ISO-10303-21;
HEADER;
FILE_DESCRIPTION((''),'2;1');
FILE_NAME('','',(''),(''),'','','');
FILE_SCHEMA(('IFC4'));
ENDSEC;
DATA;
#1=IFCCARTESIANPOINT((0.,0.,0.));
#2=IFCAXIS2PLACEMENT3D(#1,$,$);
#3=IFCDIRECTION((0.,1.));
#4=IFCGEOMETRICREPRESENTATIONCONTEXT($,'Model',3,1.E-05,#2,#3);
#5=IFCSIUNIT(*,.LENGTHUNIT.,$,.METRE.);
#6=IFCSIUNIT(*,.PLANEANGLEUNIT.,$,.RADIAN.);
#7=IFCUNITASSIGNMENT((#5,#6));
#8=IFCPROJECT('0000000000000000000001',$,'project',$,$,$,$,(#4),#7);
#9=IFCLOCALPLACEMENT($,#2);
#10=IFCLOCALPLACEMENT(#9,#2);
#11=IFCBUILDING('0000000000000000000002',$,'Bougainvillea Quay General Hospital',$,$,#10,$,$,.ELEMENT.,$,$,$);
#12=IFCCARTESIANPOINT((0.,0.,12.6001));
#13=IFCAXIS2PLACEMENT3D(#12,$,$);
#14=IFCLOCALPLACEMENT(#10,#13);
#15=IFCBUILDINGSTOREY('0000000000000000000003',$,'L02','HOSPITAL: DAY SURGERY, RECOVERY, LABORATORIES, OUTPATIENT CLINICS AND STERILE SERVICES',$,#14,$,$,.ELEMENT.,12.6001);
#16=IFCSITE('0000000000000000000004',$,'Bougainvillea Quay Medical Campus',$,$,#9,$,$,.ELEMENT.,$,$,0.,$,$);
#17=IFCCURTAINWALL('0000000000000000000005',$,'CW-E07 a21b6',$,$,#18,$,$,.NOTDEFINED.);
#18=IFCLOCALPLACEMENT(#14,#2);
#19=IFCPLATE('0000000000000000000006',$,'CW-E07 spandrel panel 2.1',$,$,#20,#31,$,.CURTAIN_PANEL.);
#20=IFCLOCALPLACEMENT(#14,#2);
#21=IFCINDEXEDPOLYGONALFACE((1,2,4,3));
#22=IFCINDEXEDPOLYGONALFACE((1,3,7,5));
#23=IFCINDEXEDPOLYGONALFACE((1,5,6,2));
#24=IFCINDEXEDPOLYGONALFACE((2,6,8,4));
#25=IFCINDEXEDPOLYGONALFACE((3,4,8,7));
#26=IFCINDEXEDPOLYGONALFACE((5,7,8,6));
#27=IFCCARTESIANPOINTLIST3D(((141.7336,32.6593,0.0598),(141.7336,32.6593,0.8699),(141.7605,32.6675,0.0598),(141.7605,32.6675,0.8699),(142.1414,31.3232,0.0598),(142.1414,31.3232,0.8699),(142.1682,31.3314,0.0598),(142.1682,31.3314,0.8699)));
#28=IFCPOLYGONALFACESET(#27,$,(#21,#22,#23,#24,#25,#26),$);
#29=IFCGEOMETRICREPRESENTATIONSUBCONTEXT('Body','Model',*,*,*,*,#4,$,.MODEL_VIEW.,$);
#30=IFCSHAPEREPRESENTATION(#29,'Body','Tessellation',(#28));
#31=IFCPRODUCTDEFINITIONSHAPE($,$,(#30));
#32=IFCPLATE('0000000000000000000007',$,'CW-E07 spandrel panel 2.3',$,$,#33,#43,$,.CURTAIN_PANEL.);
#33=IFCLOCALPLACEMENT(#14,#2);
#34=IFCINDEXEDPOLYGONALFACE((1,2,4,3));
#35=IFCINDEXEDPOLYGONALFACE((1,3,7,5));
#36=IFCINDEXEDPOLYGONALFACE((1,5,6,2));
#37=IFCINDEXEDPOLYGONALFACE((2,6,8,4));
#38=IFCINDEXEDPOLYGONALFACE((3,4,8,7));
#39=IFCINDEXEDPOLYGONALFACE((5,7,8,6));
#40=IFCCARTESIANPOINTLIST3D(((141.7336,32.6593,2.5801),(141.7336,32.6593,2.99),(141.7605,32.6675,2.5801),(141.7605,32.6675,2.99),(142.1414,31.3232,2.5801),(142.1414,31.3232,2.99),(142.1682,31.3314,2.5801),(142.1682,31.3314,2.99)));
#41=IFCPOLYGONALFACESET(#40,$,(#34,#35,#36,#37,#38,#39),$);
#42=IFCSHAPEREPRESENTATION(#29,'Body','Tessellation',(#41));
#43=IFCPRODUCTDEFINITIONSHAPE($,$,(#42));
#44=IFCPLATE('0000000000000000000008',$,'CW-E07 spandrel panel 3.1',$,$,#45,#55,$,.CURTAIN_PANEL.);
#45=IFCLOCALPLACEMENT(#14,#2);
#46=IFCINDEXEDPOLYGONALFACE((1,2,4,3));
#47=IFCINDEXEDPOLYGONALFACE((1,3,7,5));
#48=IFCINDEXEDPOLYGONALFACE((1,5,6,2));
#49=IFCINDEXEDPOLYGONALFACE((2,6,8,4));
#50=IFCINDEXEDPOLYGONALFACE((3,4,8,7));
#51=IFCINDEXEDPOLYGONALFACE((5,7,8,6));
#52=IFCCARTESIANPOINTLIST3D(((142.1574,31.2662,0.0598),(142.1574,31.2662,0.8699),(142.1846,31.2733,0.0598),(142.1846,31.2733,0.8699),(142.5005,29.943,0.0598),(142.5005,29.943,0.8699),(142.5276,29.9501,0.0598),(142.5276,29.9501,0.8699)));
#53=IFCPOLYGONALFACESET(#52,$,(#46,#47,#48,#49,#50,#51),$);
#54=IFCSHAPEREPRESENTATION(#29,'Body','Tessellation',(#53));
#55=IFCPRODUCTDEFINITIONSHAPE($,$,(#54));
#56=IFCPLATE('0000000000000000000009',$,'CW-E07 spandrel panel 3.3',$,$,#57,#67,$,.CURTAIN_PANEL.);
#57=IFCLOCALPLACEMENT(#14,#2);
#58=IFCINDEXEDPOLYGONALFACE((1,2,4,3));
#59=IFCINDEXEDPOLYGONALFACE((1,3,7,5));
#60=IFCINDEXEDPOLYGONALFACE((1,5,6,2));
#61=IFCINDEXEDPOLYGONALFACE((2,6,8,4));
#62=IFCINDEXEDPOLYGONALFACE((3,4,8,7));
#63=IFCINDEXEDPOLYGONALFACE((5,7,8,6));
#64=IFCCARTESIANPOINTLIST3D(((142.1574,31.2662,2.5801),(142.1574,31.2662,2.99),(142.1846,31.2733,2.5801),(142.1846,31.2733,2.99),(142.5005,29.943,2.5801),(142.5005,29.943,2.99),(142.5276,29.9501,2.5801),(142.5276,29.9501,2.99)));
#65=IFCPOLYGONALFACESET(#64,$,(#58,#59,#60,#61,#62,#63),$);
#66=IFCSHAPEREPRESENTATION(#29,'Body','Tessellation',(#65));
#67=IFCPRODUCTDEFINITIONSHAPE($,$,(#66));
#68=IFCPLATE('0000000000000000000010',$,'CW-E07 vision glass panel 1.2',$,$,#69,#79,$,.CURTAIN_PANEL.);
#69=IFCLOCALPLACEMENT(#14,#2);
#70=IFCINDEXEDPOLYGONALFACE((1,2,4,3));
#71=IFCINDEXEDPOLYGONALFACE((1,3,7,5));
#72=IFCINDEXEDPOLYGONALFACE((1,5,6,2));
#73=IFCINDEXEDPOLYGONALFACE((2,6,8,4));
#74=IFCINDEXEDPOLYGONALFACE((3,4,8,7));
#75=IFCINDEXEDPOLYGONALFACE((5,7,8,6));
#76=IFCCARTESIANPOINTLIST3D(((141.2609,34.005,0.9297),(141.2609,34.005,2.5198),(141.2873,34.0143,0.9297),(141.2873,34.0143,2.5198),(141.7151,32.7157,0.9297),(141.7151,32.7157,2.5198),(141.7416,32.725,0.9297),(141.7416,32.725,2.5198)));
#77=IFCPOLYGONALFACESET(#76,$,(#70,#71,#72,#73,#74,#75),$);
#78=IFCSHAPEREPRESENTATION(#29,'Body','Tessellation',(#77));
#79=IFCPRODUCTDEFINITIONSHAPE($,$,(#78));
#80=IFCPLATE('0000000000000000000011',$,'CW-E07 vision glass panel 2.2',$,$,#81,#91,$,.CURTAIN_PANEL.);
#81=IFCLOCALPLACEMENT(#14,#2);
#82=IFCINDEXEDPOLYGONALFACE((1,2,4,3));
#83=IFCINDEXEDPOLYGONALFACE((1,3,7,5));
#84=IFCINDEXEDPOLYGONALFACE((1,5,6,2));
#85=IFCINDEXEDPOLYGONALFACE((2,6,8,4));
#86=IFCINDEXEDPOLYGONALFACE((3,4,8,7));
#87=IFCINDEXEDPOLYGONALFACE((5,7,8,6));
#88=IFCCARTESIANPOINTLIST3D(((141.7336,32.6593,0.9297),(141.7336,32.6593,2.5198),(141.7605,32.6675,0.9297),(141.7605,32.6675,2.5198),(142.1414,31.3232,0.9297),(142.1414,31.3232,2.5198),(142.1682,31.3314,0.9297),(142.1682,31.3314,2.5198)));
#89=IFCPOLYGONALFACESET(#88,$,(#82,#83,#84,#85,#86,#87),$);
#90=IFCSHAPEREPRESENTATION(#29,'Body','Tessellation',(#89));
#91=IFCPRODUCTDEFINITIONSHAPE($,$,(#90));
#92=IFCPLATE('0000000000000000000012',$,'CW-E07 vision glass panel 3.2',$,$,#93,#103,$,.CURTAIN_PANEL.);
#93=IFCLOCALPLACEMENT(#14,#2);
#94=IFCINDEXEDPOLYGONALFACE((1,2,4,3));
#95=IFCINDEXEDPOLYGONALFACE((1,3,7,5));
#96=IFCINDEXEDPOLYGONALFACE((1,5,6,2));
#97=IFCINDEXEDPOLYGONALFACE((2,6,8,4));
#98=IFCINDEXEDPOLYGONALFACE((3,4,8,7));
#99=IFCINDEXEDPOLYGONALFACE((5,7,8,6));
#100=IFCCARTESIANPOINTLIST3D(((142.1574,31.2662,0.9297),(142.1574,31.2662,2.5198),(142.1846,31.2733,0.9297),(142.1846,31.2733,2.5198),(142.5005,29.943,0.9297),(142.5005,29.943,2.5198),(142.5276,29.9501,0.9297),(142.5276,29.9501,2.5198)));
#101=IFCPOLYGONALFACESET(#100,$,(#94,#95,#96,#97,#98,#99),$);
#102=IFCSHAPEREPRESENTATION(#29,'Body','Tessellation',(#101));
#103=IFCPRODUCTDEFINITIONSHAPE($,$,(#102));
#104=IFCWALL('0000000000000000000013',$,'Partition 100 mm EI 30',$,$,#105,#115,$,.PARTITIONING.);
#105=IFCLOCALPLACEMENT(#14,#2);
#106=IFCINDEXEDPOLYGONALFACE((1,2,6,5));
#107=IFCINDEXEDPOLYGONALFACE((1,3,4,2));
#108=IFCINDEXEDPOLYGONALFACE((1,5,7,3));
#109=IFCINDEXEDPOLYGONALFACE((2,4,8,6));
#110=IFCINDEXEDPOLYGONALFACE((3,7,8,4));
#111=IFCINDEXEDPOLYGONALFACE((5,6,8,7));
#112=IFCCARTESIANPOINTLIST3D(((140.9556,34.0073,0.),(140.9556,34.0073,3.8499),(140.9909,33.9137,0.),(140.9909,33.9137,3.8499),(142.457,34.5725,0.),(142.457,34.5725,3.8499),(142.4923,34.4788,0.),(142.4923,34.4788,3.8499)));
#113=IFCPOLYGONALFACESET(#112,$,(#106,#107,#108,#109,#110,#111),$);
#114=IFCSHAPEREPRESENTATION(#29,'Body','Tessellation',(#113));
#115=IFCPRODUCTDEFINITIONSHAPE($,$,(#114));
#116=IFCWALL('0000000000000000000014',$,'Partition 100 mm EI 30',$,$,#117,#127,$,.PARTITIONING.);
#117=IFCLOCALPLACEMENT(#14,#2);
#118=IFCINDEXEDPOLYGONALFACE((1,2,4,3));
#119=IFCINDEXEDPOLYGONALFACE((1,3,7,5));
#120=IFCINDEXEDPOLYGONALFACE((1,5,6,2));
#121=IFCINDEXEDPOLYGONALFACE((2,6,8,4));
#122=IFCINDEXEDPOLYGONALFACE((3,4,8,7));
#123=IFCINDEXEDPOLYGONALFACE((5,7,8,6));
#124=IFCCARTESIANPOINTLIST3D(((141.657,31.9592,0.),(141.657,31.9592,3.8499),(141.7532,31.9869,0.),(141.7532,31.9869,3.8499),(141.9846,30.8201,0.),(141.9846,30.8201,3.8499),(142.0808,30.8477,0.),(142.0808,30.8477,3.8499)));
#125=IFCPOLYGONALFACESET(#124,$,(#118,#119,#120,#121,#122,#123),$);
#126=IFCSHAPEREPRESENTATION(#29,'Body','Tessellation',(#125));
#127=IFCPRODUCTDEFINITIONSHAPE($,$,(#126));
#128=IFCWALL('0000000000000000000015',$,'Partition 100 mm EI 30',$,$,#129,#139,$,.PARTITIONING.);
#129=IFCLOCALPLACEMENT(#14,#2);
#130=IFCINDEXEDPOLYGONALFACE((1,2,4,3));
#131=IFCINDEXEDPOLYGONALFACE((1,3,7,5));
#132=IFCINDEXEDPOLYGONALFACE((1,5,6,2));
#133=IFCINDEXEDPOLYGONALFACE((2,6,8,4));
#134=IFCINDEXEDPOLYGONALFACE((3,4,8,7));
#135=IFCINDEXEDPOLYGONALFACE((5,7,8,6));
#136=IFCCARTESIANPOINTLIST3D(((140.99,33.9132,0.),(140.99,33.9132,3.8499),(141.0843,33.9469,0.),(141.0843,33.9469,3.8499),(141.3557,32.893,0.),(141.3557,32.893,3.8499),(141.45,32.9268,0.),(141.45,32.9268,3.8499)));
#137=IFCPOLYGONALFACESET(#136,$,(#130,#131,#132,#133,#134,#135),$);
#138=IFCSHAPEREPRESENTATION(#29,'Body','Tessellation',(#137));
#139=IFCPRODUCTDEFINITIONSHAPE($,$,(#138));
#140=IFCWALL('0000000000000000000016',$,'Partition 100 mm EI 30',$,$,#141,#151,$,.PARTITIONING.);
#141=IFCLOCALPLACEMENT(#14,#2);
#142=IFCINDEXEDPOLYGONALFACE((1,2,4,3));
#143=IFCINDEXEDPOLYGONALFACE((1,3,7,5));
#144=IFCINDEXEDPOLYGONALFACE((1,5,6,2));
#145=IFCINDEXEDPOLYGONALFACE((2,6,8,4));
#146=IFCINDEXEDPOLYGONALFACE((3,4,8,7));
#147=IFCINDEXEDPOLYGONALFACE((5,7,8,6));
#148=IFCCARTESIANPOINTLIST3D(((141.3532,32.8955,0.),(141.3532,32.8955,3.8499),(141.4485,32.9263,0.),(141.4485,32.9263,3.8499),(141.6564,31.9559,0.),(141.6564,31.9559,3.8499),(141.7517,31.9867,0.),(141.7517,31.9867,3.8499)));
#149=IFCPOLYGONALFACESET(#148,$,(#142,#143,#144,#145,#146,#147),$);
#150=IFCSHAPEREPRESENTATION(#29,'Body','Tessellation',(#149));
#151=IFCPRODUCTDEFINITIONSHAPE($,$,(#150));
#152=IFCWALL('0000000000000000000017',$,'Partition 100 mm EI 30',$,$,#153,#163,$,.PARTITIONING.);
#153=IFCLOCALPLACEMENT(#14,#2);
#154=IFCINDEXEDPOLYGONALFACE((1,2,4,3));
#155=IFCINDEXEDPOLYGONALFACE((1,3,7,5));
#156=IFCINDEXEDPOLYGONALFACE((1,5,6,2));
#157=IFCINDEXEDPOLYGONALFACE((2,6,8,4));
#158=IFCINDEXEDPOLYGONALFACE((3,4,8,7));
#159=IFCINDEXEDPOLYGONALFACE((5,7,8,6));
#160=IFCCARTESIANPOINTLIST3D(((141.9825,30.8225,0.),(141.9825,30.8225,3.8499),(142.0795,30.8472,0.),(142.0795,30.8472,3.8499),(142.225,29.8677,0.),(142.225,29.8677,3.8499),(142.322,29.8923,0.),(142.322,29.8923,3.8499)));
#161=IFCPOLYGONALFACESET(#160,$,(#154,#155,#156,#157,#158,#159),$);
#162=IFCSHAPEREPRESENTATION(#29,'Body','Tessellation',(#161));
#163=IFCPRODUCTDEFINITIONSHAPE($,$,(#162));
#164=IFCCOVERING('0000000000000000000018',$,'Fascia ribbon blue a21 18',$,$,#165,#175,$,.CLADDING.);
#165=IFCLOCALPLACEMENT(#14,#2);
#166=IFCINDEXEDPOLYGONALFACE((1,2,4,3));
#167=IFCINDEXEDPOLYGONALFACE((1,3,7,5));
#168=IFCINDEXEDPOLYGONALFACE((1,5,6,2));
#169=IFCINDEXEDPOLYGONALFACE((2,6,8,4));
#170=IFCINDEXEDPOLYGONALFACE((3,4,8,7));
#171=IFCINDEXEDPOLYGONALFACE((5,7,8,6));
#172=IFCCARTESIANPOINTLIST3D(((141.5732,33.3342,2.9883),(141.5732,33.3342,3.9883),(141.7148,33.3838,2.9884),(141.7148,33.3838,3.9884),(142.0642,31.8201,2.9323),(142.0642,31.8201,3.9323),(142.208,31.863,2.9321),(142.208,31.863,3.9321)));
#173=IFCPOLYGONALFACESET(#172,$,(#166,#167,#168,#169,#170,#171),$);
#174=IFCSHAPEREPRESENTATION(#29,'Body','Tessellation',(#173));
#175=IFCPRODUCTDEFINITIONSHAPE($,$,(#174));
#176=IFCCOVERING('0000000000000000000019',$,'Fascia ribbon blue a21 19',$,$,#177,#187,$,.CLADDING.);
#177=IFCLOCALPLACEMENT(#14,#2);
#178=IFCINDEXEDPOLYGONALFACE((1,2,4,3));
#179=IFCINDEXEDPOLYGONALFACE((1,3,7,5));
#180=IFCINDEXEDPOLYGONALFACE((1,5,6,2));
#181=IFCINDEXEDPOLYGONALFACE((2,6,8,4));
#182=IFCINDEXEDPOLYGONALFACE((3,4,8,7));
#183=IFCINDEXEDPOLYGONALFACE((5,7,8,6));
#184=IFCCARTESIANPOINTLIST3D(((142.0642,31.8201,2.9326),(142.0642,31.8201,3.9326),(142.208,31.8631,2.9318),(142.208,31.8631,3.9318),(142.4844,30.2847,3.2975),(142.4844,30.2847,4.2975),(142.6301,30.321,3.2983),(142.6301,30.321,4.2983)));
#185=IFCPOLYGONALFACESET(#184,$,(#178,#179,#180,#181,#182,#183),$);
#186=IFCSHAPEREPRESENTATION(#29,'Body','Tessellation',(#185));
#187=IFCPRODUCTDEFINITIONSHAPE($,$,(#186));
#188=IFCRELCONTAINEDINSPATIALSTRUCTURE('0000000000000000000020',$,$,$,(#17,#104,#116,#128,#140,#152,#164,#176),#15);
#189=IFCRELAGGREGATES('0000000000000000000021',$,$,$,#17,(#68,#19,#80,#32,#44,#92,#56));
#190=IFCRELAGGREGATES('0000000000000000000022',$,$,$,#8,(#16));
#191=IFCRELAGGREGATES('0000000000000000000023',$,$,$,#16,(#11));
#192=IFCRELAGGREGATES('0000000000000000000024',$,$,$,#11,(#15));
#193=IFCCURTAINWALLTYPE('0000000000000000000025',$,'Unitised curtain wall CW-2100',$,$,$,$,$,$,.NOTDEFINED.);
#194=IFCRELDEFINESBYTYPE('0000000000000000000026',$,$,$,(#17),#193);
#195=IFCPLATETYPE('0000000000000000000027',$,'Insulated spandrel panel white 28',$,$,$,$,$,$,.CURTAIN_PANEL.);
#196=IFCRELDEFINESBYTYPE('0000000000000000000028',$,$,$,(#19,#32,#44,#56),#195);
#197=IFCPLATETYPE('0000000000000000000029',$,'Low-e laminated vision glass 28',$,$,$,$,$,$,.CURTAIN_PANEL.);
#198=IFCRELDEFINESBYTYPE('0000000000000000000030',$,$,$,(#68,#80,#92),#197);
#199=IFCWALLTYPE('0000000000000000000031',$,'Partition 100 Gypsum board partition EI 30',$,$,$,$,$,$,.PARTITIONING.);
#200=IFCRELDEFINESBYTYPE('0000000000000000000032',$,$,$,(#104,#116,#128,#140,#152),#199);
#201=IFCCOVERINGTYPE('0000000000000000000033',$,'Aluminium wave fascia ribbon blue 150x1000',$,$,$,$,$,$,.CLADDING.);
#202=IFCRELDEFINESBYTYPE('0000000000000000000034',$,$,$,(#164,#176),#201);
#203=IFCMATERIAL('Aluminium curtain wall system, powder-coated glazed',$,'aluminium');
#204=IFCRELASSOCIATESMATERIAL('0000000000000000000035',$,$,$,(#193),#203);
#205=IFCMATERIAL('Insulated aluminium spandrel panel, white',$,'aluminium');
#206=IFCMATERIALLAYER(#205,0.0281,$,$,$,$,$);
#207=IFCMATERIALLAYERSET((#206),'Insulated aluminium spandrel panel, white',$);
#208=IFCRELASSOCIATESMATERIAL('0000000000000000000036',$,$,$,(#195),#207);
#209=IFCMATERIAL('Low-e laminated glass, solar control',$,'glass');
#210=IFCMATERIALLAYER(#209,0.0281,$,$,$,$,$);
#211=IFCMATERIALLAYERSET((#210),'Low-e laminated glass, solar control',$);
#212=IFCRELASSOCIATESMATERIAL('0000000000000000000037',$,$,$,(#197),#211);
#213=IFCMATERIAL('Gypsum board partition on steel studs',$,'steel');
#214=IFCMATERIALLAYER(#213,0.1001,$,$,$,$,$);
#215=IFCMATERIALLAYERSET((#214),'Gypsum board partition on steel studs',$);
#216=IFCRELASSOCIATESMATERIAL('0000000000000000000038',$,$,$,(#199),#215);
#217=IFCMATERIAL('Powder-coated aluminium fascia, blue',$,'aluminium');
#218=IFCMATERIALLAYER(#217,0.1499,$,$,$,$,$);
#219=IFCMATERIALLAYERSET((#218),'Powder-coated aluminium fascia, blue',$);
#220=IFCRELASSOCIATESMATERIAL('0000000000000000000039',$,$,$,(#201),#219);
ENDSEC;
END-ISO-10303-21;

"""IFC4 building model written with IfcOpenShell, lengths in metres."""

from ifc_helpers import new_model, si_unit, direction, frame, frame_2d, origin, origin_2d, place, context, subcontext, project, spatial, polyline, rectangle, outline, extrude, material, layer, layer_set, type_object, element, aggregate, save


model = new_model("IFC4")

# Units and contexts
model_context = context("Model", 3, precision=1e-05, world=origin(), true_north=direction((0.0, 1.0)))
body_context = subcontext(model_context, "Body", "Model", "MODEL_VIEW")
ifc_project = project(units=[si_unit("LENGTHUNIT", "METRE"), si_unit("PLANEANGLEUNIT", "RADIAN")], contexts=[model_context])

# Site, building, storey
site_placement = place(None, origin())
site = spatial("IfcSite", under=ifc_project, at=site_placement, Name="Bougainvillea Quay Medical Campus", CompositionType="ELEMENT", RefElevation=0.0)
building_placement = place(site_placement, origin())
building = spatial("IfcBuilding", under=site, at=building_placement, Name="Bougainvillea Quay General Hospital", CompositionType="ELEMENT")
storey_placement = place(building_placement, frame((0.0, 0.0, 12.6001)))
storey = spatial("IfcBuildingStorey", under=building, at=storey_placement, Name="L02", Description="HOSPITAL: DAY SURGERY, RECOVERY, LABORATORIES, OUTPATIENT CLINICS AND STERILE SERVICES", CompositionType="ELEMENT", Elevation=12.6001)

# Curtain wall
ifc_material_1 = material(Name="Aluminium curtain wall system, powder-coated glazed", Category="aluminium")
curtain_wall_type = type_object("IfcCurtainWallType", Name="Unitised curtain wall CW-2100", PredefinedType="NOTDEFINED", material=ifc_material_1)
curtain_wall_1_placement = place(storey_placement, origin())
curtain_wall_1 = element("IfcCurtainWall", 1, at=curtain_wall_1_placement, inside=storey, type_object=curtain_wall_type, Name="CW-E07 a21b6", PredefinedType="NOTDEFINED")

# Plates
ifc_material_2 = material(Name="Insulated aluminium spandrel panel, white", Category="aluminium")
ifc_layer_1 = layer(ifc_material_2, 0.0281)
ifc_layer_set_1 = layer_set([ifc_layer_1], Name="Insulated aluminium spandrel panel, white")
plate_type_1 = type_object("IfcPlateType", Name="Insulated spandrel panel white 28", PredefinedType="CURTAIN_PANEL", material=ifc_layer_set_1)
plate_1_placement = place(storey_placement, frame((141.9509, 31.9954, 0.0598), z_axis=(0.0, 0.0, 1.0), x_axis=(0.291904, -0.956448, 0.0)))
plate_1 = element("IfcPlate", 2, at=plate_1_placement, type_object=plate_type_1, Name="CW-E07 spandrel panel 2.1", PredefinedType="CURTAIN_PANEL", context=body_context, shape_type="SweptSolid", body=[
    extrude(rectangle(XDim=1.397, YDim=0.0281, at=origin_2d()), origin(), (0.0, 0.0, 1.0), 0.8101),
])
plate_2_placement = place(storey_placement, frame((141.9509, 31.9954, 2.5801), z_axis=(0.0, 0.0, 1.0), x_axis=(0.291904, -0.956448, 0.0)))
plate_2 = element("IfcPlate", 3, at=plate_2_placement, type_object=plate_type_1, Name="CW-E07 spandrel panel 2.3", PredefinedType="CURTAIN_PANEL", context=body_context, shape_type="SweptSolid", body=[
    extrude(rectangle(XDim=1.397, YDim=0.0281, at=origin_2d()), origin(), (0.0, 0.0, 1.0), 0.4099),
])
plate_3_placement = place(storey_placement, frame((142.3425, 30.6082, 0.0598), z_axis=(0.0, 0.0, 1.0), x_axis=(0.250966, -0.967996, 0.0)))
plate_3 = element("IfcPlate", 4, at=plate_3_placement, type_object=plate_type_1, Name="CW-E07 spandrel panel 3.1", PredefinedType="CURTAIN_PANEL", context=body_context, shape_type="SweptSolid", body=[
    extrude(rectangle(XDim=1.3669, YDim=0.0281, at=origin_2d()), origin(), (0.0, 0.0, 1.0), 0.8101),
])
plate_4_placement = place(storey_placement, frame((142.3425, 30.6082, 2.5801), z_axis=(0.0, 0.0, 1.0), x_axis=(0.250966, -0.967996, 0.0)))
plate_4 = element("IfcPlate", 5, at=plate_4_placement, type_object=plate_type_1, Name="CW-E07 spandrel panel 3.3", PredefinedType="CURTAIN_PANEL", context=body_context, shape_type="SweptSolid", body=[
    extrude(rectangle(XDim=1.3669, YDim=0.0281, at=origin_2d()), origin(), (0.0, 0.0, 1.0), 0.4099),
])
ifc_material_3 = material(Name="Low-e laminated glass, solar control", Category="glass")
ifc_layer_2 = layer(ifc_material_3, 0.0281)
ifc_layer_set_2 = layer_set([ifc_layer_2], Name="Low-e laminated glass, solar control")
plate_type_2 = type_object("IfcPlateType", Name="Low-e laminated vision glass 28", PredefinedType="CURTAIN_PANEL", material=ifc_layer_set_2)
plate_5_placement = place(storey_placement, frame((141.5012, 33.365, 0.9297), z_axis=(0.0, 0.0, 1.0), x_axis=(0.332315, -0.943169, 0.0)))
plate_5 = element("IfcPlate", 6, at=plate_5_placement, type_object=plate_type_2, Name="CW-E07 vision glass panel 1.2", PredefinedType="CURTAIN_PANEL", context=body_context, shape_type="SweptSolid", body=[
    extrude(rectangle(XDim=1.3669, YDim=0.0281, at=origin_2d()), origin(), (0.0, 0.0, 1.0), 1.5901),
])
plate_6_placement = place(storey_placement, frame((141.9509, 31.9954, 0.9297), z_axis=(0.0, 0.0, 1.0), x_axis=(0.291904, -0.956448, 0.0)))
plate_6 = element("IfcPlate", 7, at=plate_6_placement, type_object=plate_type_2, Name="CW-E07 vision glass panel 2.2", PredefinedType="CURTAIN_PANEL", context=body_context, shape_type="SweptSolid", body=[
    extrude(rectangle(XDim=1.397, YDim=0.0281, at=origin_2d()), origin(), (0.0, 0.0, 1.0), 1.5901),
])
plate_7_placement = place(storey_placement, frame((142.3425, 30.6082, 0.9297), z_axis=(0.0, 0.0, 1.0), x_axis=(0.250966, -0.967996, 0.0)))
plate_7 = element("IfcPlate", 8, at=plate_7_placement, type_object=plate_type_2, Name="CW-E07 vision glass panel 3.2", PredefinedType="CURTAIN_PANEL", context=body_context, shape_type="SweptSolid", body=[
    extrude(rectangle(XDim=1.3669, YDim=0.0281, at=origin_2d()), origin(), (0.0, 0.0, 1.0), 1.5901),
])
aggregate(curtain_wall_1, [plate_5, plate_1, plate_6, plate_2, plate_3, plate_7, plate_4])

# Walls
ifc_material_4 = material(Name="Gypsum board partition on steel studs", Category="steel")
ifc_layer_3 = layer(ifc_material_4, 0.1001)
ifc_layer_set_3 = layer_set([ifc_layer_3], Name="Gypsum board partition on steel studs")
wall_type = type_object("IfcWallType", Name="Partition 100 Gypsum board partition EI 30", PredefinedType="PARTITIONING", material=ifc_layer_set_3)
wall_1_placement = place(storey_placement, frame((140.9731, 33.9604, 0.0), z_axis=(0.0, 0.0, 1.0), x_axis=(0.935891, 0.352291, 0.0)))
element("IfcWall", 9, at=wall_1_placement, inside=storey, type_object=wall_type, Name="Partition 100 mm EI 30", PredefinedType="PARTITIONING", context=body_context, shape_type="SweptSolid", body=[
    extrude(rectangle(XDim=1.6042, YDim=0.1001, at=frame_2d((0.8022, 0.0))), origin(), (0.0, 0.0, 1.0), 3.8499),
])
wall_2_placement = place(storey_placement, frame((141.7051, 31.9731, 0.0), z_axis=(0.0, 0.0, 1.0), x_axis=(0.276407, -0.961041, 0.0)))
element("IfcWall", 10, at=wall_2_placement, inside=storey, type_object=wall_type, Name="Partition 100 mm EI 30", PredefinedType="PARTITIONING", context=body_context, shape_type="SweptSolid", body=[
    extrude(rectangle(XDim=1.1853, YDim=0.1001, at=frame_2d((0.5928, 0.0))), origin(), (0.0, 0.0, 1.0), 3.8499),
])
wall_3_placement = place(storey_placement, frame((141.0371, 33.9302, 0.0), z_axis=(0.0, 0.0, 1.0), x_axis=(0.337435, -0.941349, 0.0)))
element("IfcWall", 11, at=wall_3_placement, inside=storey, type_object=wall_type, Name="Partition 100 mm EI 30", PredefinedType="PARTITIONING", context=body_context, shape_type="SweptSolid", body=[
    extrude(rectangle(XDim=1.0837, YDim=0.1001, at=frame_2d((0.542, 0.0))), origin(), (0.0, 0.0, 1.0), 3.8499),
])
wall_4_placement = place(storey_placement, frame((141.4009, 32.9109, 0.0), z_axis=(0.0, 0.0, 1.0), x_axis=(0.307089, -0.951681, 0.0)))
element("IfcWall", 12, at=wall_4_placement, inside=storey, type_object=wall_type, Name="Partition 100 mm EI 30", PredefinedType="PARTITIONING", context=body_context, shape_type="SweptSolid", body=[
    extrude(rectangle(XDim=0.9873, YDim=0.1001, at=frame_2d((0.4937, 0.0))), origin(), (0.0, 0.0, 1.0), 3.8499),
])
wall_5_placement = place(storey_placement, frame((142.031, 30.835, 0.0), z_axis=(0.0, 0.0, 1.0), x_axis=(0.246091, -0.969247, 0.0)))
element("IfcWall", 13, at=wall_5_placement, inside=storey, type_object=wall_type, Name="Partition 100 mm EI 30", PredefinedType="PARTITIONING", context=body_context, shape_type="SweptSolid", body=[
    extrude(rectangle(XDim=0.9851, YDim=0.1001, at=frame_2d((0.4927, 0.0))), origin(), (0.0, 0.0, 1.0), 3.8499),
])

# Coverings
ifc_material_5 = material(Name="Powder-coated aluminium fascia, blue", Category="aluminium")
ifc_layer_4 = layer(ifc_material_5, 0.1499)
ifc_layer_set_4 = layer_set([ifc_layer_4], Name="Powder-coated aluminium fascia, blue")
covering_type = type_object("IfcCoveringType", Name="Aluminium wave fascia ribbon blue 150x1000", PredefinedType="CLADDING", material=ifc_layer_set_4)
covering_1_placement = place(storey_placement, frame((141.5732, 33.3342, 2.9883), z_axis=(0.010849, -0.033463, 0.999381), x_axis=(0.30825, -0.950655, -0.035178)))
element("IfcCovering", 14, at=covering_1_placement, inside=storey, type_object=covering_type, Name="Fascia ribbon blue a21 18", PredefinedType="CLADDING", context=body_context, shape_type="SweptSolid", body=[
    extrude(outline(polyline([(0.0, 0.0), (1.5928, 0.0), (1.5962, 0.15), (-0.0035, 0.15), (0.0, 0.0)])), origin(), (-0.035178, 0.000001, 0.999381), 1.0),
])
covering_2_placement = place(storey_placement, frame((142.0642, 31.8201, 2.9326), z_axis=(-0.059056, 0.21551, 0.974714), x_axis=(0.257274, -0.940148, 0.223455)))
element("IfcCovering", 15, at=covering_2_placement, inside=storey, type_object=covering_type, Name="Fascia ribbon blue a21 19", PredefinedType="CLADDING", context=body_context, shape_type="SweptSolid", body=[
    extrude(outline(polyline([(0.0, 0.0), (1.6331, 0.0), (1.6366, 0.1502), (-0.0036, 0.15), (0.0, 0.0)])), origin(), (0.223455, 0.000077, 0.974714), 1.0),
])

save(model, "model.ifc")
